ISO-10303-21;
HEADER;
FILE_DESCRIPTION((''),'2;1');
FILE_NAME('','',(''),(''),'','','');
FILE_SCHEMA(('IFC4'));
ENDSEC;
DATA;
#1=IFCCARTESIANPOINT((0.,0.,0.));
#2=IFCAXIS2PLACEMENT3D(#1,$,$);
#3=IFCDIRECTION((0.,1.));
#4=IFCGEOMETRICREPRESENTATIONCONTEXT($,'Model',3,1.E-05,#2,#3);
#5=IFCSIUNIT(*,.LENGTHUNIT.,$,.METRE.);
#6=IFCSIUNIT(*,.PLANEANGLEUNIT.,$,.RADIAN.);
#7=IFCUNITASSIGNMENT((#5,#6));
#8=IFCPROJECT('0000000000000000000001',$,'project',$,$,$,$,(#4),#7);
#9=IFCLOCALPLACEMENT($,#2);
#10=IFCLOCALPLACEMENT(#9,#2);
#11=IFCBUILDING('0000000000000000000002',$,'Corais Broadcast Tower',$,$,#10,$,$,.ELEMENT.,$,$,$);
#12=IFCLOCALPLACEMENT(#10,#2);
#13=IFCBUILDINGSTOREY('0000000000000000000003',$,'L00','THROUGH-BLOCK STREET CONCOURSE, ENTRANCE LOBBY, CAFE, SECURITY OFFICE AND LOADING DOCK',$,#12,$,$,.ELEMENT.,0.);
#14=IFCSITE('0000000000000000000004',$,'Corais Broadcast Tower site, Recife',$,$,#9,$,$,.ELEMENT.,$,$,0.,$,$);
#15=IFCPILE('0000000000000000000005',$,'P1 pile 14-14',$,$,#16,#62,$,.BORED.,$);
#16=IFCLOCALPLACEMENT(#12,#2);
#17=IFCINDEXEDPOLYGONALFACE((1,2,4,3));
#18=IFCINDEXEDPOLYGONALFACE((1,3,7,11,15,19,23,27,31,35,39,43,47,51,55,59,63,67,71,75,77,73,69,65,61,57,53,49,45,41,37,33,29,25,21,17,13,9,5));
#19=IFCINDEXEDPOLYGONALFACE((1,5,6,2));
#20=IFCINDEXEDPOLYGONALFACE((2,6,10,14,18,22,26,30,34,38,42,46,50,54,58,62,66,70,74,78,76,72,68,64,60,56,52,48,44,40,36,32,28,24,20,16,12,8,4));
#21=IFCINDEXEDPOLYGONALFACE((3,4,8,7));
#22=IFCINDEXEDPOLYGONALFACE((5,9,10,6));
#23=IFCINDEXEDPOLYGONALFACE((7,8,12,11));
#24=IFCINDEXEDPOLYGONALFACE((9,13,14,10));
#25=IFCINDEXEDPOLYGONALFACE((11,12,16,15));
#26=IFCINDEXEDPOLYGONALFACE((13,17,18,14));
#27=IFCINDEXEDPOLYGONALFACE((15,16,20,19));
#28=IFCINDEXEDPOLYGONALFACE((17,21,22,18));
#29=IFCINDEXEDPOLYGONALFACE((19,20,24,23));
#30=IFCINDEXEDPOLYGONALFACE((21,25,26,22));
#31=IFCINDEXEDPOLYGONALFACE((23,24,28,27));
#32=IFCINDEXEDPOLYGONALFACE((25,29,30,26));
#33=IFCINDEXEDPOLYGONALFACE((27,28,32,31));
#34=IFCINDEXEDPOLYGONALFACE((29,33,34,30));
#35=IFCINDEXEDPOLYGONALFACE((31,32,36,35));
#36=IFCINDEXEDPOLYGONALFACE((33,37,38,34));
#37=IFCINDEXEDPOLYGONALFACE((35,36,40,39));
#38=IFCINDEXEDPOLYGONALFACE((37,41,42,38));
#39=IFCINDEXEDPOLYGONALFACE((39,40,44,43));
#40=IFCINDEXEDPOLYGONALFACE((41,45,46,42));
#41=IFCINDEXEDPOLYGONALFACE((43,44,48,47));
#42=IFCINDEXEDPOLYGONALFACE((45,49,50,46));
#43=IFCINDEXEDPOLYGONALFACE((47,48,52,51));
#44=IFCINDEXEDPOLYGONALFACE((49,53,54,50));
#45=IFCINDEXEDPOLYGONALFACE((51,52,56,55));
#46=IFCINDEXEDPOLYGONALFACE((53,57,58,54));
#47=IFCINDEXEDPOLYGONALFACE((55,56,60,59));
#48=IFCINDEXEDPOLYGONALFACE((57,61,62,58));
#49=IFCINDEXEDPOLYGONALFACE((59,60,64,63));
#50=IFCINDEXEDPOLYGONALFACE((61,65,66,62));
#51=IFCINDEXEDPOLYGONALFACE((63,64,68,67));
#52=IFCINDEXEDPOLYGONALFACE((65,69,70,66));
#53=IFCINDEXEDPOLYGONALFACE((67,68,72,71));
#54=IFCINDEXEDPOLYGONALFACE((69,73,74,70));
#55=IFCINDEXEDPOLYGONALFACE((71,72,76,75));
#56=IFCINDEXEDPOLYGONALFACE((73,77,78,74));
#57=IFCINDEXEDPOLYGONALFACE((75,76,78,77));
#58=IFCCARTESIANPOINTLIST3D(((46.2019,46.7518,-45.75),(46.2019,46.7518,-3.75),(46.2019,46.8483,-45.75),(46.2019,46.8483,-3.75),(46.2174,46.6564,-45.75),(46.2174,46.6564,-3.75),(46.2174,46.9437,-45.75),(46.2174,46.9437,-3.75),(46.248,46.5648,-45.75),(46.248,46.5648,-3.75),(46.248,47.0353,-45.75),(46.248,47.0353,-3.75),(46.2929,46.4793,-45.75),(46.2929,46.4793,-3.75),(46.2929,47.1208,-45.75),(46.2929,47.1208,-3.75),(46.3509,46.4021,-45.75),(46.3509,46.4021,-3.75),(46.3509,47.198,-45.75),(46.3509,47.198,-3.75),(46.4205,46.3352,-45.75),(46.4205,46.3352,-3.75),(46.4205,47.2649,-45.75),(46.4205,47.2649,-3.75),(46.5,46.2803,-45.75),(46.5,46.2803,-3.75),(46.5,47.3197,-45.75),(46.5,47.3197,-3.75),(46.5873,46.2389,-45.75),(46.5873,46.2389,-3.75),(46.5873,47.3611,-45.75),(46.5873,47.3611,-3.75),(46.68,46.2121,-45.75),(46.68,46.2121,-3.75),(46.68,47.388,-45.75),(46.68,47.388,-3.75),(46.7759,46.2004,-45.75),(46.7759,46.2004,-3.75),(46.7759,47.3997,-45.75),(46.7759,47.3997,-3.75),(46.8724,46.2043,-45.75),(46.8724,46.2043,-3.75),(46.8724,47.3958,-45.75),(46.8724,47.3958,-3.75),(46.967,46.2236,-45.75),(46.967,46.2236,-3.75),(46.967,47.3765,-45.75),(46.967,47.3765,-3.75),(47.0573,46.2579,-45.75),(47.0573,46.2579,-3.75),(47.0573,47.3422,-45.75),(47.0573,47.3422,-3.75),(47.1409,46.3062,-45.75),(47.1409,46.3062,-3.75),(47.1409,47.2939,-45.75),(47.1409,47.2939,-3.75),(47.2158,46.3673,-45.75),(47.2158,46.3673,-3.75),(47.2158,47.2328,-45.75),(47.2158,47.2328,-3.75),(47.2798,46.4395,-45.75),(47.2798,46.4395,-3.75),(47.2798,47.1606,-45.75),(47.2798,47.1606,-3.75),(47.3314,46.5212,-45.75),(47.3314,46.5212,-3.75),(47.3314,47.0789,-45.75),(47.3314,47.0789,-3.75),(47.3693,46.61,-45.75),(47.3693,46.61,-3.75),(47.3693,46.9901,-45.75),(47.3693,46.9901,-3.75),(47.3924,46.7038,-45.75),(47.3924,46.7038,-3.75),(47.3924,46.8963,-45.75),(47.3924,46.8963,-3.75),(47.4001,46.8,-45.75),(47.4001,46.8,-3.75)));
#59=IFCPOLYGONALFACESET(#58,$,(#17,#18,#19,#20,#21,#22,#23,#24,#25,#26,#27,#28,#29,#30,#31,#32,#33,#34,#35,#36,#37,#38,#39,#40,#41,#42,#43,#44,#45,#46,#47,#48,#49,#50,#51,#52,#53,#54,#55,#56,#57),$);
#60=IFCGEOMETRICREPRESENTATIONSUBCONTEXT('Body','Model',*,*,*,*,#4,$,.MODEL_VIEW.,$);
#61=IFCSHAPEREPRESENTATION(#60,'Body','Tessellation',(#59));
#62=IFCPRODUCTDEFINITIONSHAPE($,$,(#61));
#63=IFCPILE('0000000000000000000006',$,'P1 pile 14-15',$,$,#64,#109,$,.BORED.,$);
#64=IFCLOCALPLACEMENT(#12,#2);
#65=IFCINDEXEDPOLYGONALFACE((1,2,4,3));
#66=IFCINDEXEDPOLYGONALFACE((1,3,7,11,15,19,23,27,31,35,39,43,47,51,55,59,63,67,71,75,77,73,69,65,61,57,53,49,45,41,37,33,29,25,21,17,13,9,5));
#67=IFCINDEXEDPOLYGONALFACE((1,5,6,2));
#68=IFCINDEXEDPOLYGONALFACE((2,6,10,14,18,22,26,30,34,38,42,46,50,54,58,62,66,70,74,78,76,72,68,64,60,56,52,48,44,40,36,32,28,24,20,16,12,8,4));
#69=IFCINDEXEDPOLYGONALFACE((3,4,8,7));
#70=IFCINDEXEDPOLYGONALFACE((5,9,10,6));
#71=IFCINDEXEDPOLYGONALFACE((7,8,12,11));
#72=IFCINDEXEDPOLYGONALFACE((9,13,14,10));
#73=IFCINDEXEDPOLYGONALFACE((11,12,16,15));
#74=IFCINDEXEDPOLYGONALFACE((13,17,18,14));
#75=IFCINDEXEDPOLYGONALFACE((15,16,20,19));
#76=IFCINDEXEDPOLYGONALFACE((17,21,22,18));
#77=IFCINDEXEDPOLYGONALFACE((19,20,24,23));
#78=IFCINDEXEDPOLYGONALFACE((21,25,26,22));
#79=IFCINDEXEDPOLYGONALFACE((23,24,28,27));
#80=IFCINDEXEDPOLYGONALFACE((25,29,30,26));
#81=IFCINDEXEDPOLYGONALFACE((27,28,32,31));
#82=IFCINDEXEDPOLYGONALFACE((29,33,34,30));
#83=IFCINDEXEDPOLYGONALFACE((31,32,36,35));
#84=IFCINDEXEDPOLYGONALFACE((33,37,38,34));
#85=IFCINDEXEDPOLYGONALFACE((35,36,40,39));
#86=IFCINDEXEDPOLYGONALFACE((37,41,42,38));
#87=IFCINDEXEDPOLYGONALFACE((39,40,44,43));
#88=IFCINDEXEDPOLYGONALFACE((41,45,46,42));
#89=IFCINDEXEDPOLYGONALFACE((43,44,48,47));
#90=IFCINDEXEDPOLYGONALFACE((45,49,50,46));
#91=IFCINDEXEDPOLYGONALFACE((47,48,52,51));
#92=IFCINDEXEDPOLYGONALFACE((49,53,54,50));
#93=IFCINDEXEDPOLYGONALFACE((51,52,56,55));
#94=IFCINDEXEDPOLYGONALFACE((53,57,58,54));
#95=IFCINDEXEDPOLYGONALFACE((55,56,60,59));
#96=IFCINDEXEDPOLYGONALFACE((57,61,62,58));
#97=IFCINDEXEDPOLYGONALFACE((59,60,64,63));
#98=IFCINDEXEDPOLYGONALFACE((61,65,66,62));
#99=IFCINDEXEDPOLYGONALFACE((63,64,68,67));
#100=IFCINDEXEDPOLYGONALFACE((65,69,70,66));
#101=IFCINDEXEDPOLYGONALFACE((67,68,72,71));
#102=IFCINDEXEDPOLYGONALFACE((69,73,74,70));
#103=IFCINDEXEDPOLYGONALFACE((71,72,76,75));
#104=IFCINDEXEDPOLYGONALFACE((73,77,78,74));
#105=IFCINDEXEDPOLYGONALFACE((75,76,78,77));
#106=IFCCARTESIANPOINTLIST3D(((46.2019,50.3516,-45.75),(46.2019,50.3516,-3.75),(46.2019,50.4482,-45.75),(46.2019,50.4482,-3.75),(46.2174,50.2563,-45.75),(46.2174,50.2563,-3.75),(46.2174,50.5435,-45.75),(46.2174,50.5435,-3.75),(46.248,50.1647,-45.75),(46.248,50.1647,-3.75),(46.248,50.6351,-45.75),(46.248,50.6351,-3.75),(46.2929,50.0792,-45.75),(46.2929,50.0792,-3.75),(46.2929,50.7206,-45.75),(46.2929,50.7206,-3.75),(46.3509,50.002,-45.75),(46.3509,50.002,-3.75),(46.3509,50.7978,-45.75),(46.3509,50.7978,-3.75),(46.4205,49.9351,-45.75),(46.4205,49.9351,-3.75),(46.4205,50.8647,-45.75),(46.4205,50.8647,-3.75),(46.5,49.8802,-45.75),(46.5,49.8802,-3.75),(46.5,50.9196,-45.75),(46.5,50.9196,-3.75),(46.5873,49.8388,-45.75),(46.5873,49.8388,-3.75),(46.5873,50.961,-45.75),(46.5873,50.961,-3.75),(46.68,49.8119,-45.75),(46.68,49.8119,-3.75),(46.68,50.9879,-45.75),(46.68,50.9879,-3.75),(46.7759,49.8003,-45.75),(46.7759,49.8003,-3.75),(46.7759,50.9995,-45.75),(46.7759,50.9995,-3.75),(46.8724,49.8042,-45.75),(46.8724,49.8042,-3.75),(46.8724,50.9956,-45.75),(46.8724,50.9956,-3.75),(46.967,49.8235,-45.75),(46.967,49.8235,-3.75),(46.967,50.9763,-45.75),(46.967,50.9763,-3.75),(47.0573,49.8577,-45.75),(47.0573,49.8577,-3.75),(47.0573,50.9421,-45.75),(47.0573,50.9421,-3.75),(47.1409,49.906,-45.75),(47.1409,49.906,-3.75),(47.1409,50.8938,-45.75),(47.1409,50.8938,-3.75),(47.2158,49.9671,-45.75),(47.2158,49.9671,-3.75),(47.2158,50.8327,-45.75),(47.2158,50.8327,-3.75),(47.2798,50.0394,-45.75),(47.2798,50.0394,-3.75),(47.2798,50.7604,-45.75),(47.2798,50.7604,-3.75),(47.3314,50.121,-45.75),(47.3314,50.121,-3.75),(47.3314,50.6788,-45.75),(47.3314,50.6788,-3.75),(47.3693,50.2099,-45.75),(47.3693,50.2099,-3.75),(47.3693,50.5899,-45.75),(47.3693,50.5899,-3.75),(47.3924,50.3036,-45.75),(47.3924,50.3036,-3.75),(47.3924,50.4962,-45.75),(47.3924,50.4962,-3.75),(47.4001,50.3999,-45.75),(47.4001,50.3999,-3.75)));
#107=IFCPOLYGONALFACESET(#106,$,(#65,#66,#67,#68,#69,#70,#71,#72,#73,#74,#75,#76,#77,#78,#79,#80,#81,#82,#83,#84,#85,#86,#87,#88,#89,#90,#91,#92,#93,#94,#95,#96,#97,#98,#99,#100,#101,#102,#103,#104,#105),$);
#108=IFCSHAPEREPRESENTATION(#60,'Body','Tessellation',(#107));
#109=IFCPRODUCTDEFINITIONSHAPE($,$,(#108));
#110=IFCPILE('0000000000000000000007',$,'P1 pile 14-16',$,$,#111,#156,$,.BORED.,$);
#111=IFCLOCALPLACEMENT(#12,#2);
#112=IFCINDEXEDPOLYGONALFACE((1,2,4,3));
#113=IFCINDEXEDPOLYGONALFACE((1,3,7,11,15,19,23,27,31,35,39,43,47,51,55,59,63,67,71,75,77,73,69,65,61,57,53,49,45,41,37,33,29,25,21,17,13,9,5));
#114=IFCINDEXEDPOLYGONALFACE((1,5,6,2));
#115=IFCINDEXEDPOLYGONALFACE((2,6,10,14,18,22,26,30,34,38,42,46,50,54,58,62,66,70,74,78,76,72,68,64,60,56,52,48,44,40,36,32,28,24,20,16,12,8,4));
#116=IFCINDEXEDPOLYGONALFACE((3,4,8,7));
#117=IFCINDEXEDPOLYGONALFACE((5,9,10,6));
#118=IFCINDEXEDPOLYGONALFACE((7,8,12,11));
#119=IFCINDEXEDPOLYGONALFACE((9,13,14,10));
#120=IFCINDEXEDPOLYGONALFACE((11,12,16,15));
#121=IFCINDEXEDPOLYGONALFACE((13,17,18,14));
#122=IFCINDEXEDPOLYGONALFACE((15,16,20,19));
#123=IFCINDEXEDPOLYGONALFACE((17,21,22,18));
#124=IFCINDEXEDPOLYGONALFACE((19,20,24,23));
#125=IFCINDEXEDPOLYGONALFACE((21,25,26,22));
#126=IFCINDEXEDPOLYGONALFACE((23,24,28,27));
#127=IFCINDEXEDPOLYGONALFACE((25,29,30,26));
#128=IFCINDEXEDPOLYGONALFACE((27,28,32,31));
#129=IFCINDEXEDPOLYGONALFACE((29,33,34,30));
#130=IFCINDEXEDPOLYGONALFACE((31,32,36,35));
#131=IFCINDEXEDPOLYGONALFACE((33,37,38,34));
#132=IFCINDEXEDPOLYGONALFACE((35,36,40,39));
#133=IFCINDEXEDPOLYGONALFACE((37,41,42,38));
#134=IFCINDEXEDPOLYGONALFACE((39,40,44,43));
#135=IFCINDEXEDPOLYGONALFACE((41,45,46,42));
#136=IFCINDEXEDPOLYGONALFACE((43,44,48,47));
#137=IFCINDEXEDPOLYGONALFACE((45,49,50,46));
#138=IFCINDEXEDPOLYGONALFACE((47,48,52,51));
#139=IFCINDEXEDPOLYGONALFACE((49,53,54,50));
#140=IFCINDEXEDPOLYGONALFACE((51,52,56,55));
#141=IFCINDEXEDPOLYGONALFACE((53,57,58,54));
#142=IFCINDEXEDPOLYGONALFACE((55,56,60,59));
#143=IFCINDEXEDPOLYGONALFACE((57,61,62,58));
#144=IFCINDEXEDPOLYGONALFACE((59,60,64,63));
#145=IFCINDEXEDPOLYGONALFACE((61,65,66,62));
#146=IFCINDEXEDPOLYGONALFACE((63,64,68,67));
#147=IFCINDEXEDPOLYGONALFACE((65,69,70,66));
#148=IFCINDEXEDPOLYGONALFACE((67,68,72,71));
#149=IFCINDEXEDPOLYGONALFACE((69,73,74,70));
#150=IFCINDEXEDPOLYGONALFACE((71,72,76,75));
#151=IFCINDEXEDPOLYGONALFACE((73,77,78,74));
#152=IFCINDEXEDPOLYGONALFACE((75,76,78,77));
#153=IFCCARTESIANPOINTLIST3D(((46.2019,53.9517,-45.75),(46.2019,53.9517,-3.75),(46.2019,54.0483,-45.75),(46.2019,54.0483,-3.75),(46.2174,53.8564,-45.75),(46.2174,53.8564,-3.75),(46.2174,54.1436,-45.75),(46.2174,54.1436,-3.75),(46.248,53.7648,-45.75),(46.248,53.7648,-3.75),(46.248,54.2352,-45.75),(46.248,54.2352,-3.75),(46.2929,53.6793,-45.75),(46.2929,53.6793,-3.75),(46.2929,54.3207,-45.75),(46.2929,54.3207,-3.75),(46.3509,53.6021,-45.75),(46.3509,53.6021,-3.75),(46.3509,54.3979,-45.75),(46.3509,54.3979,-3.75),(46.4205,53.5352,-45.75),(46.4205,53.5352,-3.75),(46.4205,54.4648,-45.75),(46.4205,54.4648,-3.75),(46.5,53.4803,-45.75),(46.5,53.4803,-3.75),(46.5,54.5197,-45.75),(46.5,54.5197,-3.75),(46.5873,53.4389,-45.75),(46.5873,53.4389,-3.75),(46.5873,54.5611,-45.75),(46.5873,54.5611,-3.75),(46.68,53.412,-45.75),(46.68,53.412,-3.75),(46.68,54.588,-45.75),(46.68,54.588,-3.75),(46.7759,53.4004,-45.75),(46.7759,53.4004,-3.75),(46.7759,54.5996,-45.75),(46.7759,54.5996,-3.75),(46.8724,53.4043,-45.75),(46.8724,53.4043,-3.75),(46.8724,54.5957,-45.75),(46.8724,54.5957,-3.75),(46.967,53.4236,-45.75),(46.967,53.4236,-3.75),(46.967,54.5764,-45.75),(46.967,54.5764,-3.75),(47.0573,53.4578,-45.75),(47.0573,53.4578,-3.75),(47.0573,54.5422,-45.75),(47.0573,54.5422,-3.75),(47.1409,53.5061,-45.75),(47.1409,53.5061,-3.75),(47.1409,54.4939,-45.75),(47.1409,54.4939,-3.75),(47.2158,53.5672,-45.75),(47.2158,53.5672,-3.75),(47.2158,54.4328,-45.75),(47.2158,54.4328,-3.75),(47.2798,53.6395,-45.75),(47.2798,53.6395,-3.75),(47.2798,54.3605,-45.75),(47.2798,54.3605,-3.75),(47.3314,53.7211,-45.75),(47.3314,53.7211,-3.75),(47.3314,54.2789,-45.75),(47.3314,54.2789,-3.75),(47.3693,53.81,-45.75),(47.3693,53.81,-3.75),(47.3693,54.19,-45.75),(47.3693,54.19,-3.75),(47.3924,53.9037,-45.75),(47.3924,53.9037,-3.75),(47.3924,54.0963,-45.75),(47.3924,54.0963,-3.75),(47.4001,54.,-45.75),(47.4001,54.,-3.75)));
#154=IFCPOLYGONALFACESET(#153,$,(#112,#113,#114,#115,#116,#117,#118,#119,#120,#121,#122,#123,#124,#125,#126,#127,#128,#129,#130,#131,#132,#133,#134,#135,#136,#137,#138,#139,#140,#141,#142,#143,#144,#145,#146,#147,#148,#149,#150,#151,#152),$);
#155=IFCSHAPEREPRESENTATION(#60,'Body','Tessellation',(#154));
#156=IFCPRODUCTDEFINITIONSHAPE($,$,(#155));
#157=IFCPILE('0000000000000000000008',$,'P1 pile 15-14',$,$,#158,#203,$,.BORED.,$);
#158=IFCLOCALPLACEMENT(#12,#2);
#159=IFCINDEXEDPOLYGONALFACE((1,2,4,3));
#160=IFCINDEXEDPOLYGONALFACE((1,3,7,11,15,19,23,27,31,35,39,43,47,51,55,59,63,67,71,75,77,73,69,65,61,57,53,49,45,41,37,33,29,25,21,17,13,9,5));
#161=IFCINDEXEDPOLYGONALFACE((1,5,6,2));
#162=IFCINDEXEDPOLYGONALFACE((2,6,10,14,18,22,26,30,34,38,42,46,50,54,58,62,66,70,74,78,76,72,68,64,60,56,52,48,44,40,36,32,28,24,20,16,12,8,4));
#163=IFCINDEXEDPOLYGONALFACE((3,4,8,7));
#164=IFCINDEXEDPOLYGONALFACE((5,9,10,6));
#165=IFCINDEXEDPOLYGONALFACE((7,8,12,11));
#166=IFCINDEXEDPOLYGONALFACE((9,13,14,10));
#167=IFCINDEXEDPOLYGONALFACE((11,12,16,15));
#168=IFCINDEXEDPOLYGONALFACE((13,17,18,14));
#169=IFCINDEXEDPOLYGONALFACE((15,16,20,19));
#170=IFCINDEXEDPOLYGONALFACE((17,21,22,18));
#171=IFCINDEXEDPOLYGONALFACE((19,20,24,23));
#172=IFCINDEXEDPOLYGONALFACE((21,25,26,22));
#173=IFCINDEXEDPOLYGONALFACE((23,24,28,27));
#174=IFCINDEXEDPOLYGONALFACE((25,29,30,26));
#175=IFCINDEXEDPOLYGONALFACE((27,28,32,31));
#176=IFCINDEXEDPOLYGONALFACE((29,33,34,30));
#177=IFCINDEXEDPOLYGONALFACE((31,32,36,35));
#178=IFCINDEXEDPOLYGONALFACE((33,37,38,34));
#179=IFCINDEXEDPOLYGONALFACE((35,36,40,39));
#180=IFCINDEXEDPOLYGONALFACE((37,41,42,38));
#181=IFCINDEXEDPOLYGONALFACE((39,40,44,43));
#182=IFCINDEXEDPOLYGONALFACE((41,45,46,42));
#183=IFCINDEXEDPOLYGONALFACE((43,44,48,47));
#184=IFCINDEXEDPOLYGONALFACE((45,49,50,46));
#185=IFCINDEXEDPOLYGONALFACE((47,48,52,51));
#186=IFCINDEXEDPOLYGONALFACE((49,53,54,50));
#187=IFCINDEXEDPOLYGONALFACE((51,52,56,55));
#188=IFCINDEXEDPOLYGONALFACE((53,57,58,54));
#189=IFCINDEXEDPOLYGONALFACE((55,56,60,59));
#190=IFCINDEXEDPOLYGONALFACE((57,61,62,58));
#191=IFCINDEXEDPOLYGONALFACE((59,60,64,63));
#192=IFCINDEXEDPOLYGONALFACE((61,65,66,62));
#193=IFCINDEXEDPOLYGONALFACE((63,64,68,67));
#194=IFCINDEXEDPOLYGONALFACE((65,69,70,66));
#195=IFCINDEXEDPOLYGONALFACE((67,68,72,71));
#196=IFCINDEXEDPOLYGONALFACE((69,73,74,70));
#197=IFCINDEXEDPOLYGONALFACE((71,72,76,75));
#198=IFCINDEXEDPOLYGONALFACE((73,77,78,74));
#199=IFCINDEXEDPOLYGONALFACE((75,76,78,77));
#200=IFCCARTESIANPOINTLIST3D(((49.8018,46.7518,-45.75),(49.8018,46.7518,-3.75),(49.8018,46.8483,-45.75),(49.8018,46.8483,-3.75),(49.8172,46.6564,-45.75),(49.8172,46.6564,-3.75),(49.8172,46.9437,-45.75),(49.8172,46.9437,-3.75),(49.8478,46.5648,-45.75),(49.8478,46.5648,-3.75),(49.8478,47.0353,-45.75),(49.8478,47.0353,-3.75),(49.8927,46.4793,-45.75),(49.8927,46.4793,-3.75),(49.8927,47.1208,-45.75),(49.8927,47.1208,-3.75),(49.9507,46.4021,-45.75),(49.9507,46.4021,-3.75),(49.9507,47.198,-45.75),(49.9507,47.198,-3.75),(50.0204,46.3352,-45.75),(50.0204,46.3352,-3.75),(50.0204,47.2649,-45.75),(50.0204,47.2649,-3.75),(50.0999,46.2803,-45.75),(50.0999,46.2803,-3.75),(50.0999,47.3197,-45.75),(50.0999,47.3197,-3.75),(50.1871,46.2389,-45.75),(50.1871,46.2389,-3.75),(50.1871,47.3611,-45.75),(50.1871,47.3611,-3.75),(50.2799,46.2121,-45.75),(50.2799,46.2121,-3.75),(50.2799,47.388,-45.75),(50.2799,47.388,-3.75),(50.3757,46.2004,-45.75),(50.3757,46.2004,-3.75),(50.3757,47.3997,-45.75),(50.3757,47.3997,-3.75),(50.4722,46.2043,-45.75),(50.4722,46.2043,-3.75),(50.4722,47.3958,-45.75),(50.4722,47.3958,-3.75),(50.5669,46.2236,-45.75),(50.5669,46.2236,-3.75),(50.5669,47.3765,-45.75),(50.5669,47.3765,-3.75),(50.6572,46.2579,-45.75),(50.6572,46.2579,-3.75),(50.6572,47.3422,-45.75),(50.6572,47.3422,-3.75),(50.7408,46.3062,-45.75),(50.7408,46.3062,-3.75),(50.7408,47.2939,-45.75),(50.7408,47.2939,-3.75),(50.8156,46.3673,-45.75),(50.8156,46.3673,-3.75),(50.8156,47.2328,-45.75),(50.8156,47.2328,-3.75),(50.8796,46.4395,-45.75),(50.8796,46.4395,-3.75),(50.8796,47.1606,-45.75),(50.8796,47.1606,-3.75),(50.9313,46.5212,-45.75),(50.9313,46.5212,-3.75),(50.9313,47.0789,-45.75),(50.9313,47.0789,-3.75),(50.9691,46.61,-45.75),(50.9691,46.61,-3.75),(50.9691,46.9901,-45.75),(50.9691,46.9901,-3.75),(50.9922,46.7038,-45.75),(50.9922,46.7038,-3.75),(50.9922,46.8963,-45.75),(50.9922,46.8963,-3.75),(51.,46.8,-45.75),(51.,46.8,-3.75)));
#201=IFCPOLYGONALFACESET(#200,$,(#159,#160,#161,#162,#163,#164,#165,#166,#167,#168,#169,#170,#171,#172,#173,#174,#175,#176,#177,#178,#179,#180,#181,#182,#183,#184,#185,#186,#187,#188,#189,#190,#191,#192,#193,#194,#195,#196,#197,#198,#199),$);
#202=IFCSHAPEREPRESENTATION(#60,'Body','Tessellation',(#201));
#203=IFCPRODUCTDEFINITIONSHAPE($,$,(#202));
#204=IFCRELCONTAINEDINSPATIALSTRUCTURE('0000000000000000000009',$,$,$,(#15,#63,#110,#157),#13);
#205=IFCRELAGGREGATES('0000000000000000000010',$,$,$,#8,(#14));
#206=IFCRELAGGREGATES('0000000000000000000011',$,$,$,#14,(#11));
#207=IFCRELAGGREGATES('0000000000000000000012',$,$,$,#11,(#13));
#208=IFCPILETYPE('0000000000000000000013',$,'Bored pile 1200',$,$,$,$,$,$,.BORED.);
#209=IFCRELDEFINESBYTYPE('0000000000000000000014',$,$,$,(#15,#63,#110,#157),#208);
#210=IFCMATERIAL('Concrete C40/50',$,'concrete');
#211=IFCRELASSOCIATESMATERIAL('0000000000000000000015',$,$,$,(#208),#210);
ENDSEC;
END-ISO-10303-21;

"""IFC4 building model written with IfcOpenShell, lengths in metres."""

from ifc_helpers import new_model, si_unit, direction, frame, origin, origin_2d, place, context, subcontext, project, spatial, circle, extrude, material, type_object, element, save


model = new_model("IFC4")

# Units and contexts
model_context = context("Model", 3, precision=1e-05, world=origin(), true_north=direction((0.0, 1.0)))
body_context = subcontext(model_context, "Body", "Model", "MODEL_VIEW")
ifc_project = project(units=[si_unit("LENGTHUNIT", "METRE"), si_unit("PLANEANGLEUNIT", "RADIAN")], contexts=[model_context])

# Site, building, storey
site_placement = place(None, origin())
site = spatial("IfcSite", under=ifc_project, at=site_placement, Name="Corais Broadcast Tower site, Recife", CompositionType="ELEMENT", RefElevation=0.0)
building_placement = place(site_placement, origin())
building = spatial("IfcBuilding", under=site, at=building_placement, Name="Corais Broadcast Tower", CompositionType="ELEMENT")
storey_placement = place(building_placement, origin())
storey = spatial("IfcBuildingStorey", under=building, at=storey_placement, Name="L00", Description="THROUGH-BLOCK STREET CONCOURSE, ENTRANCE LOBBY, CAFE, SECURITY OFFICE AND LOADING DOCK", CompositionType="ELEMENT", Elevation=0.0)

# Piles
ifc_material_1 = material(Name="Concrete C40/50", Category="concrete")
pile_type = type_object("IfcPileType", Name="Bored pile 1200", PredefinedType="BORED", material=ifc_material_1)
for number, where, z_axis, x_axis, name in (
    (1, (46.8, 46.8, -3.75), (0.0, 0.0, -1.0), (1.0, 0.0, 0.0), "P1 pile 14-14"),
    (2, (46.8, 50.3999, -3.75), (0.0, 0.0, -1.0), (1.0, 0.0, 0.0), "P1 pile 14-15"),
    (3, (46.8, 54.0, -3.75), (0.0, 0.0, -1.0), (1.0, 0.0, 0.0), "P1 pile 14-16"),
    (4, (50.3999, 46.8, -3.75), (0.0, 0.0, -1.0), (1.0, 0.0, 0.0), "P1 pile 15-14"),
):
    element("IfcPile", number, at=place(storey_placement, frame(where, z_axis=z_axis, x_axis=x_axis)), inside=storey, type_object=pile_type, Name=name, PredefinedType="BORED", context=body_context, shape_type="SweptSolid", body=[
        extrude(circle(Radius=0.6001, at=origin_2d()), origin(), (0.0, 0.0, 1.0), 42.0),
    ])

save(model, "model.ifc")
